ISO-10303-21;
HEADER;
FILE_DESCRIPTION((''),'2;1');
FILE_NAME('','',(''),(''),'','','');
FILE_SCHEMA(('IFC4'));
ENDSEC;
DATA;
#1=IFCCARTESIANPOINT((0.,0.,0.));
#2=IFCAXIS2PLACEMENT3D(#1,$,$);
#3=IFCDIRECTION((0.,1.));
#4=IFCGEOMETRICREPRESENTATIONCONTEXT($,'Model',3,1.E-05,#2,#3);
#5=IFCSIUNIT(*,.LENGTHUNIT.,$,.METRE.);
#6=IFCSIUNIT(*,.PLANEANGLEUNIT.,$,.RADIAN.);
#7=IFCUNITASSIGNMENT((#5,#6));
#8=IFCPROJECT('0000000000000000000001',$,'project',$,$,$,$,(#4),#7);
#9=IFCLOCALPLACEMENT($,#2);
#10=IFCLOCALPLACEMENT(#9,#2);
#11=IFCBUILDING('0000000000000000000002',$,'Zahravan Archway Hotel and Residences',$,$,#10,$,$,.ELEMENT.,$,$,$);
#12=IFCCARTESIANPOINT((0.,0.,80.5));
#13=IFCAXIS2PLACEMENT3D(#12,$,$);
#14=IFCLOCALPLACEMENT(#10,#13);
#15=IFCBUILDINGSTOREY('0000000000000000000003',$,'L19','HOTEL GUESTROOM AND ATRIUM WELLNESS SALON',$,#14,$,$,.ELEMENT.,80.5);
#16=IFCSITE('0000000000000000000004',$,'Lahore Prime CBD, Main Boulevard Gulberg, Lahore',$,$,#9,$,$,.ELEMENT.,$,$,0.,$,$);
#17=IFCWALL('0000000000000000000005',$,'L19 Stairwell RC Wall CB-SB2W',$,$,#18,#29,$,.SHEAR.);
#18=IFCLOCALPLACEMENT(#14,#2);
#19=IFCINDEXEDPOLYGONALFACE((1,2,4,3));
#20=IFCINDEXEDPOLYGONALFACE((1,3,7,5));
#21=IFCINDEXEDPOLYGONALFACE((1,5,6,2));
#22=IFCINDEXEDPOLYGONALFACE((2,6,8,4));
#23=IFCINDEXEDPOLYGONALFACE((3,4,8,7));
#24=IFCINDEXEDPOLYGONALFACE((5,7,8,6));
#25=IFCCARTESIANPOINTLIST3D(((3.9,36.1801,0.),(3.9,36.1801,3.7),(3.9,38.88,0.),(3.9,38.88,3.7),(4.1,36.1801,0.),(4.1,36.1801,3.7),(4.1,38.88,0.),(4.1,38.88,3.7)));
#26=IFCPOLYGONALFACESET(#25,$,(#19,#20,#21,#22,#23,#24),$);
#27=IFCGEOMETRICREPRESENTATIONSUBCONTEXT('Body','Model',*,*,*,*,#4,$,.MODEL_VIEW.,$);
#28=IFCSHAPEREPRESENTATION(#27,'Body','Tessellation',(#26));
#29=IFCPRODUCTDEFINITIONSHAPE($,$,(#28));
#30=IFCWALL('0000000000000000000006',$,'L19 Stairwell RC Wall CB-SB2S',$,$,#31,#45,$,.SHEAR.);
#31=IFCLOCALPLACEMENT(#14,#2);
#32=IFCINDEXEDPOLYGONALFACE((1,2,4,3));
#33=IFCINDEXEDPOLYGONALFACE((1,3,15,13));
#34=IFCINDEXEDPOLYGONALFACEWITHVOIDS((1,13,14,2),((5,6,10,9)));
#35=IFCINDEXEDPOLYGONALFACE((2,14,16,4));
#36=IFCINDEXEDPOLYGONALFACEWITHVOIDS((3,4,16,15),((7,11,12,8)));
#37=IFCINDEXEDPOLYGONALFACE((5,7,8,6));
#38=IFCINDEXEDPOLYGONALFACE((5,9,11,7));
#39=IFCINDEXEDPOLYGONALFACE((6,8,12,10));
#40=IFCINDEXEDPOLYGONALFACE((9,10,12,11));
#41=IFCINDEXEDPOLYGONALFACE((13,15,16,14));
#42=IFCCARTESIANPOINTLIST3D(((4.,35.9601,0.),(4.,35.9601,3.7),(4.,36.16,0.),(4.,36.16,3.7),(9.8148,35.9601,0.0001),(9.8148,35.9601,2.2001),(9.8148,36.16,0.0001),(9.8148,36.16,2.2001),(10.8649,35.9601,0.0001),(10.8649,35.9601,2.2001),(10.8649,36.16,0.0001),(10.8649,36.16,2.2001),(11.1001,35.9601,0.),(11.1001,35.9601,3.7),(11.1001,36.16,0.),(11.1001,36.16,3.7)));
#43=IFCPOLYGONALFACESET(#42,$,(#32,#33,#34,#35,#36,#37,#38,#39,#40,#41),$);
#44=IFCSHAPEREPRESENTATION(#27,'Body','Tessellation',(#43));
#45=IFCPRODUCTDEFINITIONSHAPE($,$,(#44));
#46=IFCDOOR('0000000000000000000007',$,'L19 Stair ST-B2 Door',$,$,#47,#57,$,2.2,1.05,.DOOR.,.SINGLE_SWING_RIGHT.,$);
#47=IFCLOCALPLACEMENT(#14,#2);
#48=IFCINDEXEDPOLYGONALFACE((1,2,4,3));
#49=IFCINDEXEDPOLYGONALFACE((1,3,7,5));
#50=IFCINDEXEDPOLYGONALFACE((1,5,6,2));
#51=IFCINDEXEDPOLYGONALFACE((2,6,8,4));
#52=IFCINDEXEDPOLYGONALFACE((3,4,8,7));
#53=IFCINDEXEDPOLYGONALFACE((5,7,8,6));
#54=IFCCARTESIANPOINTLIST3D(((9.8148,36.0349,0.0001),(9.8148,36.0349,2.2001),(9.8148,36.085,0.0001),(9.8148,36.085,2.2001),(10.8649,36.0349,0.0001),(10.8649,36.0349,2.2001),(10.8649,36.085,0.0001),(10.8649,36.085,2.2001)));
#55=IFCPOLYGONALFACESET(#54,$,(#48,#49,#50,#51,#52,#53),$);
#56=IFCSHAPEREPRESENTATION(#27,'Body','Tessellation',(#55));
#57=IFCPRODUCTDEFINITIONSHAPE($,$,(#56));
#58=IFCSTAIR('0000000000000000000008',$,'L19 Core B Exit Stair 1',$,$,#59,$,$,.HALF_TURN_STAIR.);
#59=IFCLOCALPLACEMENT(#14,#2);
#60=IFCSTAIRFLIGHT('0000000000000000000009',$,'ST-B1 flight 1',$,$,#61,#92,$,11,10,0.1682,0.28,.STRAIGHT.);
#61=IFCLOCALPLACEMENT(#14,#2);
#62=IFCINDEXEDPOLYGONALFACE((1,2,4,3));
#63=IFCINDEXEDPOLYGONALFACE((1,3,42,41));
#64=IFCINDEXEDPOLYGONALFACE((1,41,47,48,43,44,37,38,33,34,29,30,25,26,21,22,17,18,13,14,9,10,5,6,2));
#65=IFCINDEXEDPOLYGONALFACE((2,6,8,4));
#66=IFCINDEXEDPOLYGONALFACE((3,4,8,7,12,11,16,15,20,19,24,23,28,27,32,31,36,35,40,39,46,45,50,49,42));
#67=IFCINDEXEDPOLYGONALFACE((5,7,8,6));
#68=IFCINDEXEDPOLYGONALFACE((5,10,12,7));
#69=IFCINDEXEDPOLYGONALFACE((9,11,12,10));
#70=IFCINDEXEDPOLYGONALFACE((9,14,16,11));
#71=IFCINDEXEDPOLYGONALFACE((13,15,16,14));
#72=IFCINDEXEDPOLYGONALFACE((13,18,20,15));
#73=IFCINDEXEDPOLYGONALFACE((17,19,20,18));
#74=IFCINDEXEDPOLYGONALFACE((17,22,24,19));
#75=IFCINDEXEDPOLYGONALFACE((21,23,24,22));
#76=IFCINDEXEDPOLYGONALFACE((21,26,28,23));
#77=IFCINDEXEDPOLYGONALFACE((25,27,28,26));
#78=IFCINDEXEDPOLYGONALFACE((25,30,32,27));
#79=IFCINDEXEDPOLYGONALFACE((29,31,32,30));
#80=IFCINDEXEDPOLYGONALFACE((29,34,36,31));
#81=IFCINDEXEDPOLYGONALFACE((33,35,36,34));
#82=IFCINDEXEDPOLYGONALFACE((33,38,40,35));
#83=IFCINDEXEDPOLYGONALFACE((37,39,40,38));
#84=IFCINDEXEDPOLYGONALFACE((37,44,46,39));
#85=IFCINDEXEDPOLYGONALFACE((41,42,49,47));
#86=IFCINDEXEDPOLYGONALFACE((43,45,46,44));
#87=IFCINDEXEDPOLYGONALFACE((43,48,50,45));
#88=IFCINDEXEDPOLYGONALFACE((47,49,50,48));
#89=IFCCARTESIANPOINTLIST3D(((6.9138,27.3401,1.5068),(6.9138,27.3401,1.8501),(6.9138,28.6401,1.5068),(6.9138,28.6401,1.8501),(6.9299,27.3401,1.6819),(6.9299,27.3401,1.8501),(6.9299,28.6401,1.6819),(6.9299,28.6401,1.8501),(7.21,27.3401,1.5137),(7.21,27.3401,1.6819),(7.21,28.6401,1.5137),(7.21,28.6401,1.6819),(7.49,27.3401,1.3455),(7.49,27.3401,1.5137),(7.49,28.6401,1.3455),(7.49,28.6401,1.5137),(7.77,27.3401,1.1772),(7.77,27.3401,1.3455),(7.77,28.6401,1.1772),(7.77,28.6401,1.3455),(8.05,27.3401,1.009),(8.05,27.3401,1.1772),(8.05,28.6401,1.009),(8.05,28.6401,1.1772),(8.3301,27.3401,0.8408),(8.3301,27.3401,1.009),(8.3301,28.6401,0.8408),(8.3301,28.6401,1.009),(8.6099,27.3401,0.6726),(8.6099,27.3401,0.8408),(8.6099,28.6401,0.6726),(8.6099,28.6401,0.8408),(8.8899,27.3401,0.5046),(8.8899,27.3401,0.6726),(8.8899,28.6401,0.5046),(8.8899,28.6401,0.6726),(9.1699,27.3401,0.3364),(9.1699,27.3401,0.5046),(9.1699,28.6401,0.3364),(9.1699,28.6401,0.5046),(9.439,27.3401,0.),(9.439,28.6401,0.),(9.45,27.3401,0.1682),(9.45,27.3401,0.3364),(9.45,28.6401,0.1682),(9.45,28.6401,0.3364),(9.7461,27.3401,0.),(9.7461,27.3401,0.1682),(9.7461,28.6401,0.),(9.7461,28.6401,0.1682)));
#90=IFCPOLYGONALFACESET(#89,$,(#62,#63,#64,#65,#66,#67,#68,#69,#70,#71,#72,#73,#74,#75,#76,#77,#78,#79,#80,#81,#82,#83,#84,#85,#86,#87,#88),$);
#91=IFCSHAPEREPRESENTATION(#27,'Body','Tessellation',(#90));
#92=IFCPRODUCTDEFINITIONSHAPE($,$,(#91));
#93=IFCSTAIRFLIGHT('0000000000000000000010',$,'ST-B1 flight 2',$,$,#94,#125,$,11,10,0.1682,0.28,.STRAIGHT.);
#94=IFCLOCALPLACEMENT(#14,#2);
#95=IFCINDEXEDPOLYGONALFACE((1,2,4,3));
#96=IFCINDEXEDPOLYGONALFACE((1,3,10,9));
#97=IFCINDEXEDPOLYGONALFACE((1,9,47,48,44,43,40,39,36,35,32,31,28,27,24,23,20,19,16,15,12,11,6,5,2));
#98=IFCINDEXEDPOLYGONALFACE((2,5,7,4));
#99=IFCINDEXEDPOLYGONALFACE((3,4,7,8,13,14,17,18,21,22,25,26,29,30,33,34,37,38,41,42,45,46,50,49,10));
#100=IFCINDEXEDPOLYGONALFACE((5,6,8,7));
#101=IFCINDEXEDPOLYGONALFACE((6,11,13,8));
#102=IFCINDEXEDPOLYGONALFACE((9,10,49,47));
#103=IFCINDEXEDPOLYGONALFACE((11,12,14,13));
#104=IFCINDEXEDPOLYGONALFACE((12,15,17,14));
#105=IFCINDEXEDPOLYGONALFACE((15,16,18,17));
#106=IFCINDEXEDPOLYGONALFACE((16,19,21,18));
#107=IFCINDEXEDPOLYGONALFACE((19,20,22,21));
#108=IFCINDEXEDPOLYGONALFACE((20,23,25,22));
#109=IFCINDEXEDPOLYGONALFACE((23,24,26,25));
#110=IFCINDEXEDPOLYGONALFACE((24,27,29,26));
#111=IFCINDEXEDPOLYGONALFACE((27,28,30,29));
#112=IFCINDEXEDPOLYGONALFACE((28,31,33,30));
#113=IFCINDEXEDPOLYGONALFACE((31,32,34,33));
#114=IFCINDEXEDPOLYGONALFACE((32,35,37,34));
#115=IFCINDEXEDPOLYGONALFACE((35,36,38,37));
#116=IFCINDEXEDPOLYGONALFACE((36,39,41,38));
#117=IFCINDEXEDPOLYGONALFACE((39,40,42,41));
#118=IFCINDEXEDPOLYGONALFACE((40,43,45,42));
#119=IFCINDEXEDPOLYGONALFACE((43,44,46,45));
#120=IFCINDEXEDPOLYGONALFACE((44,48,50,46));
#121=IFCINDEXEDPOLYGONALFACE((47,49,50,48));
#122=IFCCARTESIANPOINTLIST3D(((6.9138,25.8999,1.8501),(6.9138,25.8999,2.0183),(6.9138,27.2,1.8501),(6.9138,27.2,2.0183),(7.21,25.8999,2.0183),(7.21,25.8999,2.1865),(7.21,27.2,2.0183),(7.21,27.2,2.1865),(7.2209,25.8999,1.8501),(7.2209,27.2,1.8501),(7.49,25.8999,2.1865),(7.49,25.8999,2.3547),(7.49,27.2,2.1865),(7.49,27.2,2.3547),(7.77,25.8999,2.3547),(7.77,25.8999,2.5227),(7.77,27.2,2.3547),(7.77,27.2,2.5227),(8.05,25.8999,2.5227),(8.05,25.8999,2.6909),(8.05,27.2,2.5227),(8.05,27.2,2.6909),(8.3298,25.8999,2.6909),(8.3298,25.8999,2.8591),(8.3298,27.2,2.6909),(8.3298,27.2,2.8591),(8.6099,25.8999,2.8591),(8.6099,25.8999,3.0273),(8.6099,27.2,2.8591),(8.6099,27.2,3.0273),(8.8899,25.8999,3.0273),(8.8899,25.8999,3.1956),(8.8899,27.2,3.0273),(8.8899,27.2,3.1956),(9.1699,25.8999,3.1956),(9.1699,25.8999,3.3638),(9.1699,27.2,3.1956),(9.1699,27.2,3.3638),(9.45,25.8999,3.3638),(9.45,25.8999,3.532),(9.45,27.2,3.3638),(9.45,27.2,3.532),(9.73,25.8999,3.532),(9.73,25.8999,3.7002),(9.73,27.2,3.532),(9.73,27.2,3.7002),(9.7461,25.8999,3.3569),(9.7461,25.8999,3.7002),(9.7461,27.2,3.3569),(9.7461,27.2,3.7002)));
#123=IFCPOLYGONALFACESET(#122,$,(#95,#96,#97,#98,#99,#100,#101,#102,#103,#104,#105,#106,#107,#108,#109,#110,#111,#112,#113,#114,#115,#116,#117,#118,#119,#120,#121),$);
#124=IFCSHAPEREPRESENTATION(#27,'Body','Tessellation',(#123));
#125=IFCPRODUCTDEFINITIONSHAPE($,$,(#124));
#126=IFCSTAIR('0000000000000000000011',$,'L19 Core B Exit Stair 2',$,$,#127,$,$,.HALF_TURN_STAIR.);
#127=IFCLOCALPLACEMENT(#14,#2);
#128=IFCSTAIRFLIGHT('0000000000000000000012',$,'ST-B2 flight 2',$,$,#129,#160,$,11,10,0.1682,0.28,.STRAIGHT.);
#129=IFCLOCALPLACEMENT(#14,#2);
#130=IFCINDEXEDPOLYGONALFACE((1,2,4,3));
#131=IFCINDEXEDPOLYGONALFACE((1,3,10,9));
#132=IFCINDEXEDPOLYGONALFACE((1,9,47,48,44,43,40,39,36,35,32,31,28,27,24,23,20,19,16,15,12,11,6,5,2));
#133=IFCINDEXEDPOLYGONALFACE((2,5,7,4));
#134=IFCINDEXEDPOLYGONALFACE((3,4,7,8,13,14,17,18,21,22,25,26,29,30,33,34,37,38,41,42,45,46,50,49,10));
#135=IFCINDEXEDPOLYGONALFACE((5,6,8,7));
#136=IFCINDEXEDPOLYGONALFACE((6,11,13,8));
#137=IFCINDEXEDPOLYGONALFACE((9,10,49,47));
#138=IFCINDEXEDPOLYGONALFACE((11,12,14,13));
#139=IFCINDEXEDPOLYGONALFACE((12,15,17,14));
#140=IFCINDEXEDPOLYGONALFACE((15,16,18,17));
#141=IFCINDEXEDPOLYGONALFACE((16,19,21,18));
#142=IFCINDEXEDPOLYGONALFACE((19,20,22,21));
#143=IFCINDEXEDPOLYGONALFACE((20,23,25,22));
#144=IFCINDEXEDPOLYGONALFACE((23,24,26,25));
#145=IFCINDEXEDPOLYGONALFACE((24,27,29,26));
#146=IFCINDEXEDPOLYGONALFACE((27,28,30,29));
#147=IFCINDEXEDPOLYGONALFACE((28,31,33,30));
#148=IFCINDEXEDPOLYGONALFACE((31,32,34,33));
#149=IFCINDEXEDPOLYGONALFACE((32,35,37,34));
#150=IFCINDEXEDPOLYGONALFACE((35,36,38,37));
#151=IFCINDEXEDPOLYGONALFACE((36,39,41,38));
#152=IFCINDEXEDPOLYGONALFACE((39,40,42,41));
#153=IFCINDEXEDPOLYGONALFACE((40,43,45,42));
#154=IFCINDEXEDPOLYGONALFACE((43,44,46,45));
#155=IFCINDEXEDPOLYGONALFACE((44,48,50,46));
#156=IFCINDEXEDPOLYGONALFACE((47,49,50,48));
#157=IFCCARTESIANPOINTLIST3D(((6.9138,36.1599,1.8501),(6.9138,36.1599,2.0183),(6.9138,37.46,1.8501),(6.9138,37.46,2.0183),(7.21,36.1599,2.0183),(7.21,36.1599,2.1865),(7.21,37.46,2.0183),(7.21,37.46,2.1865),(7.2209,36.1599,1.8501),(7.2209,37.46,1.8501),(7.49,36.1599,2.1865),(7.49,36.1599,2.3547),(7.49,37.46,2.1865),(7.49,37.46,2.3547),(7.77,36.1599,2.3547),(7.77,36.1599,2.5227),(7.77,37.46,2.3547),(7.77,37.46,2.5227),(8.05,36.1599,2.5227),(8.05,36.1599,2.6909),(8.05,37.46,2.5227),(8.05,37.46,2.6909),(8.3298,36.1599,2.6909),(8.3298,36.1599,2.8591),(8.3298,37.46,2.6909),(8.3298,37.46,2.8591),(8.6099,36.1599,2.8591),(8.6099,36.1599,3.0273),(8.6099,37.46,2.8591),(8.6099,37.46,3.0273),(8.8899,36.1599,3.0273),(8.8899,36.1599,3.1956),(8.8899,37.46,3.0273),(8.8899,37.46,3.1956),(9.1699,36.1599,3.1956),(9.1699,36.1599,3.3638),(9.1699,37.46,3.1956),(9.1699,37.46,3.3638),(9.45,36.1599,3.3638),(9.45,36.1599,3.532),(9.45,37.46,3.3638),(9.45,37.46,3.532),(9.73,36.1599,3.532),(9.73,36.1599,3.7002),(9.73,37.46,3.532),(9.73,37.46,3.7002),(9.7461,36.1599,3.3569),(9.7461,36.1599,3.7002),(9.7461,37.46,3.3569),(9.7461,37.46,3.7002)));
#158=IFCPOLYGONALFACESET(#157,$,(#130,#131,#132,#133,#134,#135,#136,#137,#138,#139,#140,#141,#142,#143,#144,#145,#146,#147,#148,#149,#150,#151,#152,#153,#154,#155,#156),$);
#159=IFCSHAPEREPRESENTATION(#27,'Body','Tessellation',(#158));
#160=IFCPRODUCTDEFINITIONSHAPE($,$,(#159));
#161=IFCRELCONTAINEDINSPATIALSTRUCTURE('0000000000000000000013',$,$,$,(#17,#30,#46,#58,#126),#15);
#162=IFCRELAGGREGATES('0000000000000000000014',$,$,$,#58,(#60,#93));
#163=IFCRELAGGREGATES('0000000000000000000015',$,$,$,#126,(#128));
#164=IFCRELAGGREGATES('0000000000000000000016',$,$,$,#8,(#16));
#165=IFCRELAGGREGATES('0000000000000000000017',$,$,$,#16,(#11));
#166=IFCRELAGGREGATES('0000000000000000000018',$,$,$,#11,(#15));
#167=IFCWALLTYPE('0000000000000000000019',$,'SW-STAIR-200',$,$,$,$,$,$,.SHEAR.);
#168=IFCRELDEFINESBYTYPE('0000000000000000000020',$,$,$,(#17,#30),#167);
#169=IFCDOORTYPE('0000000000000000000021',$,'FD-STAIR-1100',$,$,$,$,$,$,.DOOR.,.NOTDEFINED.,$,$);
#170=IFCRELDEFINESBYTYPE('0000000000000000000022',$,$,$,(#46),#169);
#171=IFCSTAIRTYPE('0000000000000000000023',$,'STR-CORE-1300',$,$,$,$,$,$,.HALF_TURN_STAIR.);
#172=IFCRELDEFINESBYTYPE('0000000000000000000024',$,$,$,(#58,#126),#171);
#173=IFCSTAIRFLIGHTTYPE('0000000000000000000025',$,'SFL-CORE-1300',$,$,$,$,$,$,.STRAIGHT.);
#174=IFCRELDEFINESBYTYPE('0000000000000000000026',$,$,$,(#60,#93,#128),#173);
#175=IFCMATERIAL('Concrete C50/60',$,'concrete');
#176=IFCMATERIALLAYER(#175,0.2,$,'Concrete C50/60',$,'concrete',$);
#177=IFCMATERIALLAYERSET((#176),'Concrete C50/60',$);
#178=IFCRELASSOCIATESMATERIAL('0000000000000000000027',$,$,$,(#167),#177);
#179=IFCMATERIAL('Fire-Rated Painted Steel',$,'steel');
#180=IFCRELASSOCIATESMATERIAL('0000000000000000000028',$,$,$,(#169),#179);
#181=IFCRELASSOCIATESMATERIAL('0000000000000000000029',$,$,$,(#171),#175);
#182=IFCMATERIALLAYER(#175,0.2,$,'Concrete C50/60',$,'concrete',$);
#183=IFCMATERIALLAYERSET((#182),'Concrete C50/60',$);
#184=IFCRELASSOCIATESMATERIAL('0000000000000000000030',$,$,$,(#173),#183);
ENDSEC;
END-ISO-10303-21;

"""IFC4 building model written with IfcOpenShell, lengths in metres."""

from ifc_helpers import new_model, si_unit, direction, frame, frame_2d, origin, place, context, subcontext, project, spatial, polyline, rectangle, outline, extrude, source, transform, mapped, material, layer, layer_set, type_object, type_shapes, element, fill, aggregate, save


model = new_model("IFC4")

# Units and contexts
model_context = context("Model", 3, precision=1e-05, world=origin(), true_north=direction((0.0, 1.0)))
body_context = subcontext(model_context, "Body", "Model", "MODEL_VIEW")
ifc_project = project(units=[si_unit("LENGTHUNIT", "METRE"), si_unit("PLANEANGLEUNIT", "RADIAN")], contexts=[model_context])

# Site, building, storey
site_placement = place(None, origin())
site = spatial("IfcSite", under=ifc_project, at=site_placement, Name="Lahore Prime CBD, Main Boulevard Gulberg, Lahore", CompositionType="ELEMENT", RefElevation=0.0)
building_placement = place(site_placement, origin())
building = spatial("IfcBuilding", under=site, at=building_placement, Name="Zahravan Archway Hotel and Residences", CompositionType="ELEMENT")
storey_placement = place(building_placement, frame((0.0, 0.0, 80.5)))
storey = spatial("IfcBuildingStorey", under=building, at=storey_placement, Name="L19", Description="HOTEL GUESTROOM AND ATRIUM WELLNESS SALON", CompositionType="ELEMENT", Elevation=80.5)

# Shared definitions
ifc_material_1 = material(Name="Fire-Rated Painted Steel", Category="steel")

# Shared definitions
ifc_material_2 = material(Name="Concrete C50/60", Category="concrete")
ifc_layer_1 = layer(ifc_material_2, 0.2, Name="Concrete C50/60", Category="concrete")
ifc_layer_set_1 = layer_set([ifc_layer_1], Name="Concrete C50/60")
wall_type_1 = type_object("IfcWallType", Name="SW-STAIR-200", PredefinedType="SHEAR", material=ifc_layer_set_1)
door_type_1 = type_object("IfcDoorType", Name="FD-STAIR-1100", OperationType="NOTDEFINED", PredefinedType="DOOR", material=ifc_material_1)
shared_shape_1 = source(origin(), body_context, "Body", "SweptSolid", [
    extrude(rectangle(XDim=1.05, YDim=2.2, at=frame_2d((0.5249, 1.1001))), frame((0.0, 0.0249, 0.0), z_axis=(0.0, -1.0, 0.0), x_axis=(1.0, 0.0, 0.0)), (0.0, 0.0, 1.0), 0.05),
])
type_shapes(door_type_1, [shared_shape_1])

# Wall
wall_1_placement = place(storey_placement, frame((4.0, 36.1799, 0.0), z_axis=(0.0, 0.0, 1.0), x_axis=(0.0, 1.0, 0.0)))
element("IfcWall", 1, at=wall_1_placement, inside=storey, type_object=wall_type_1, Name="L19 Stairwell RC Wall CB-SB2W", PredefinedType="SHEAR", context=body_context, shape_type="SweptSolid", body=[
    extrude(rectangle(XDim=2.7, YDim=0.2, at=frame_2d((1.3501, 0.0))), origin(), (0.0, 0.0, 1.0), 3.7),
])

# Wall, opening, door
wall_2_placement = place(storey_placement, frame((4.0, 36.0601, 0.0), z_axis=(0.0, 0.0, 1.0), x_axis=(1.0, 0.0, 0.0)))
wall_2 = element("IfcWall", 2, at=wall_2_placement, inside=storey, type_object=wall_type_1, Name="L19 Stairwell RC Wall CB-SB2S", PredefinedType="SHEAR", context=body_context, shape_type="SweptSolid", body=[
    extrude(rectangle(XDim=7.1001, YDim=0.2, at=frame_2d((3.55, 0.0))), origin(), (0.0, 0.0, 1.0), 3.7),
])
opening_1_placement = place(wall_2_placement, frame((5.8149, 0.0, 0.0)))
opening_1 = element("IfcOpeningElement", 3, at=opening_1_placement, cuts=wall_2, PredefinedType="OPENING", context=body_context, shape_type="SweptSolid", body=[
    extrude(rectangle(XDim=1.05, YDim=2.2, at=frame_2d((0.5249, 1.1001))), frame((0.0, 0.1099, 0.0), z_axis=(0.0, -1.0, 0.0), x_axis=(1.0, 0.0, 0.0)), (0.0, 0.0, 1.0), 0.22),
])
door_1_placement = place(opening_1_placement, origin())
door_1 = element("IfcDoor", 4, at=door_1_placement, inside=storey, type_object=door_type_1, Name="L19 Stair ST-B2 Door", OperationType="SINGLE_SWING_RIGHT", OverallHeight=2.2, OverallWidth=1.05, PredefinedType="DOOR", context=body_context, shape_type="MappedRepresentation", body=[
    mapped(shared_shape_1, transform((0.0, 0.0, 0.0), scale=1.0)),
])
fill(opening_1, door_1)

# Stair, stair flights
stair_type = type_object("IfcStairType", Name="STR-CORE-1300", PredefinedType="HALF_TURN_STAIR", material=ifc_material_2)
stair_1_placement = place(storey_placement, origin())
stair_1 = element("IfcStair", 5, at=stair_1_placement, inside=storey, type_object=stair_type, Name="L19 Core B Exit Stair 1", PredefinedType="HALF_TURN_STAIR")
ifc_layer_2 = layer(ifc_material_2, 0.2, Name="Concrete C50/60", Category="concrete")
ifc_layer_set_2 = layer_set([ifc_layer_2], Name="Concrete C50/60")
stair_flight_type = type_object("IfcStairFlightType", Name="SFL-CORE-1300", PredefinedType="STRAIGHT", material=ifc_layer_set_2)
shared_shape_2 = source(origin(), body_context, "Body", "SweptSolid", [
    extrude(outline(polyline([(-0.0161, 0.0), (-0.0161, 0.1682), (0.28, 0.1682), (0.28, 0.3364), (0.5601, 0.3364), (0.5601, 0.5046), (0.8401, 0.5046), (0.8401, 0.6726), (1.1201, 0.6726), (1.1201, 0.8408), (1.3999, 0.8408), (1.3999, 1.009), (1.6799, 1.009), (1.6799, 1.1772), (1.96, 1.1772), (1.96, 1.3455), (2.24, 1.3455), (2.24, 1.5137), (2.52, 1.5137), (2.52, 1.6819), (2.8, 1.6819), (2.8, 1.8501), (2.8162, 1.8501), (2.8162, 1.5068), (0.291, 0.0), (-0.0161, 0.0)])), frame((0.0, 0.6499, 0.0), z_axis=(0.0, -1.0, 0.0), x_axis=(1.0, 0.0, 0.0)), (0.0, 0.0, 1.0), 1.3),
])
stair_flight_1_placement = place(storey_placement, frame((9.73, 27.99, 0.0), z_axis=(0.0, 0.0, 1.0), x_axis=(-1.0, 0.0, 0.0)))
stair_flight_1 = element("IfcStairFlight", 6, at=stair_flight_1_placement, type_object=stair_flight_type, Name="ST-B1 flight 1", NumberOfRisers=11, NumberOfTreads=10, PredefinedType="STRAIGHT", RiserHeight=0.1682, TreadLength=0.28, context=body_context, shape_type="MappedRepresentation", body=[
    mapped(shared_shape_2, transform((0.0, 0.0, 0.0), scale=1.0)),
])
stair_flight_2_placement = place(storey_placement, frame((6.9299, 26.55, 1.8501), z_axis=(0.0, 0.0, 1.0), x_axis=(1.0, 0.0, 0.0)))
stair_flight_2 = element("IfcStairFlight", 7, at=stair_flight_2_placement, type_object=stair_flight_type, Name="ST-B1 flight 2", NumberOfRisers=11, NumberOfTreads=10, PredefinedType="STRAIGHT", RiserHeight=0.1682, TreadLength=0.28, context=body_context, shape_type="MappedRepresentation", body=[
    mapped(shared_shape_2, transform((0.0, 0.0, 0.0), scale=1.0)),
])
aggregate(stair_1, [stair_flight_1, stair_flight_2])

# Stair, stair flight
stair_2_placement = place(storey_placement, origin())
stair_2 = element("IfcStair", 8, at=stair_2_placement, inside=storey, type_object=stair_type, Name="L19 Core B Exit Stair 2", PredefinedType="HALF_TURN_STAIR")
stair_flight_3_placement = place(storey_placement, frame((6.9299, 36.8101, 1.8501), z_axis=(0.0, 0.0, 1.0), x_axis=(1.0, 0.0, 0.0)))
stair_flight_3 = element("IfcStairFlight", 9, at=stair_flight_3_placement, type_object=stair_flight_type, Name="ST-B2 flight 2", NumberOfRisers=11, NumberOfTreads=10, PredefinedType="STRAIGHT", RiserHeight=0.1682, TreadLength=0.28, context=body_context, shape_type="MappedRepresentation", body=[
    mapped(shared_shape_2, transform((0.0, 0.0, 0.0), scale=1.0)),
])
aggregate(stair_2, [stair_flight_3])

save(model, "model.ifc")
